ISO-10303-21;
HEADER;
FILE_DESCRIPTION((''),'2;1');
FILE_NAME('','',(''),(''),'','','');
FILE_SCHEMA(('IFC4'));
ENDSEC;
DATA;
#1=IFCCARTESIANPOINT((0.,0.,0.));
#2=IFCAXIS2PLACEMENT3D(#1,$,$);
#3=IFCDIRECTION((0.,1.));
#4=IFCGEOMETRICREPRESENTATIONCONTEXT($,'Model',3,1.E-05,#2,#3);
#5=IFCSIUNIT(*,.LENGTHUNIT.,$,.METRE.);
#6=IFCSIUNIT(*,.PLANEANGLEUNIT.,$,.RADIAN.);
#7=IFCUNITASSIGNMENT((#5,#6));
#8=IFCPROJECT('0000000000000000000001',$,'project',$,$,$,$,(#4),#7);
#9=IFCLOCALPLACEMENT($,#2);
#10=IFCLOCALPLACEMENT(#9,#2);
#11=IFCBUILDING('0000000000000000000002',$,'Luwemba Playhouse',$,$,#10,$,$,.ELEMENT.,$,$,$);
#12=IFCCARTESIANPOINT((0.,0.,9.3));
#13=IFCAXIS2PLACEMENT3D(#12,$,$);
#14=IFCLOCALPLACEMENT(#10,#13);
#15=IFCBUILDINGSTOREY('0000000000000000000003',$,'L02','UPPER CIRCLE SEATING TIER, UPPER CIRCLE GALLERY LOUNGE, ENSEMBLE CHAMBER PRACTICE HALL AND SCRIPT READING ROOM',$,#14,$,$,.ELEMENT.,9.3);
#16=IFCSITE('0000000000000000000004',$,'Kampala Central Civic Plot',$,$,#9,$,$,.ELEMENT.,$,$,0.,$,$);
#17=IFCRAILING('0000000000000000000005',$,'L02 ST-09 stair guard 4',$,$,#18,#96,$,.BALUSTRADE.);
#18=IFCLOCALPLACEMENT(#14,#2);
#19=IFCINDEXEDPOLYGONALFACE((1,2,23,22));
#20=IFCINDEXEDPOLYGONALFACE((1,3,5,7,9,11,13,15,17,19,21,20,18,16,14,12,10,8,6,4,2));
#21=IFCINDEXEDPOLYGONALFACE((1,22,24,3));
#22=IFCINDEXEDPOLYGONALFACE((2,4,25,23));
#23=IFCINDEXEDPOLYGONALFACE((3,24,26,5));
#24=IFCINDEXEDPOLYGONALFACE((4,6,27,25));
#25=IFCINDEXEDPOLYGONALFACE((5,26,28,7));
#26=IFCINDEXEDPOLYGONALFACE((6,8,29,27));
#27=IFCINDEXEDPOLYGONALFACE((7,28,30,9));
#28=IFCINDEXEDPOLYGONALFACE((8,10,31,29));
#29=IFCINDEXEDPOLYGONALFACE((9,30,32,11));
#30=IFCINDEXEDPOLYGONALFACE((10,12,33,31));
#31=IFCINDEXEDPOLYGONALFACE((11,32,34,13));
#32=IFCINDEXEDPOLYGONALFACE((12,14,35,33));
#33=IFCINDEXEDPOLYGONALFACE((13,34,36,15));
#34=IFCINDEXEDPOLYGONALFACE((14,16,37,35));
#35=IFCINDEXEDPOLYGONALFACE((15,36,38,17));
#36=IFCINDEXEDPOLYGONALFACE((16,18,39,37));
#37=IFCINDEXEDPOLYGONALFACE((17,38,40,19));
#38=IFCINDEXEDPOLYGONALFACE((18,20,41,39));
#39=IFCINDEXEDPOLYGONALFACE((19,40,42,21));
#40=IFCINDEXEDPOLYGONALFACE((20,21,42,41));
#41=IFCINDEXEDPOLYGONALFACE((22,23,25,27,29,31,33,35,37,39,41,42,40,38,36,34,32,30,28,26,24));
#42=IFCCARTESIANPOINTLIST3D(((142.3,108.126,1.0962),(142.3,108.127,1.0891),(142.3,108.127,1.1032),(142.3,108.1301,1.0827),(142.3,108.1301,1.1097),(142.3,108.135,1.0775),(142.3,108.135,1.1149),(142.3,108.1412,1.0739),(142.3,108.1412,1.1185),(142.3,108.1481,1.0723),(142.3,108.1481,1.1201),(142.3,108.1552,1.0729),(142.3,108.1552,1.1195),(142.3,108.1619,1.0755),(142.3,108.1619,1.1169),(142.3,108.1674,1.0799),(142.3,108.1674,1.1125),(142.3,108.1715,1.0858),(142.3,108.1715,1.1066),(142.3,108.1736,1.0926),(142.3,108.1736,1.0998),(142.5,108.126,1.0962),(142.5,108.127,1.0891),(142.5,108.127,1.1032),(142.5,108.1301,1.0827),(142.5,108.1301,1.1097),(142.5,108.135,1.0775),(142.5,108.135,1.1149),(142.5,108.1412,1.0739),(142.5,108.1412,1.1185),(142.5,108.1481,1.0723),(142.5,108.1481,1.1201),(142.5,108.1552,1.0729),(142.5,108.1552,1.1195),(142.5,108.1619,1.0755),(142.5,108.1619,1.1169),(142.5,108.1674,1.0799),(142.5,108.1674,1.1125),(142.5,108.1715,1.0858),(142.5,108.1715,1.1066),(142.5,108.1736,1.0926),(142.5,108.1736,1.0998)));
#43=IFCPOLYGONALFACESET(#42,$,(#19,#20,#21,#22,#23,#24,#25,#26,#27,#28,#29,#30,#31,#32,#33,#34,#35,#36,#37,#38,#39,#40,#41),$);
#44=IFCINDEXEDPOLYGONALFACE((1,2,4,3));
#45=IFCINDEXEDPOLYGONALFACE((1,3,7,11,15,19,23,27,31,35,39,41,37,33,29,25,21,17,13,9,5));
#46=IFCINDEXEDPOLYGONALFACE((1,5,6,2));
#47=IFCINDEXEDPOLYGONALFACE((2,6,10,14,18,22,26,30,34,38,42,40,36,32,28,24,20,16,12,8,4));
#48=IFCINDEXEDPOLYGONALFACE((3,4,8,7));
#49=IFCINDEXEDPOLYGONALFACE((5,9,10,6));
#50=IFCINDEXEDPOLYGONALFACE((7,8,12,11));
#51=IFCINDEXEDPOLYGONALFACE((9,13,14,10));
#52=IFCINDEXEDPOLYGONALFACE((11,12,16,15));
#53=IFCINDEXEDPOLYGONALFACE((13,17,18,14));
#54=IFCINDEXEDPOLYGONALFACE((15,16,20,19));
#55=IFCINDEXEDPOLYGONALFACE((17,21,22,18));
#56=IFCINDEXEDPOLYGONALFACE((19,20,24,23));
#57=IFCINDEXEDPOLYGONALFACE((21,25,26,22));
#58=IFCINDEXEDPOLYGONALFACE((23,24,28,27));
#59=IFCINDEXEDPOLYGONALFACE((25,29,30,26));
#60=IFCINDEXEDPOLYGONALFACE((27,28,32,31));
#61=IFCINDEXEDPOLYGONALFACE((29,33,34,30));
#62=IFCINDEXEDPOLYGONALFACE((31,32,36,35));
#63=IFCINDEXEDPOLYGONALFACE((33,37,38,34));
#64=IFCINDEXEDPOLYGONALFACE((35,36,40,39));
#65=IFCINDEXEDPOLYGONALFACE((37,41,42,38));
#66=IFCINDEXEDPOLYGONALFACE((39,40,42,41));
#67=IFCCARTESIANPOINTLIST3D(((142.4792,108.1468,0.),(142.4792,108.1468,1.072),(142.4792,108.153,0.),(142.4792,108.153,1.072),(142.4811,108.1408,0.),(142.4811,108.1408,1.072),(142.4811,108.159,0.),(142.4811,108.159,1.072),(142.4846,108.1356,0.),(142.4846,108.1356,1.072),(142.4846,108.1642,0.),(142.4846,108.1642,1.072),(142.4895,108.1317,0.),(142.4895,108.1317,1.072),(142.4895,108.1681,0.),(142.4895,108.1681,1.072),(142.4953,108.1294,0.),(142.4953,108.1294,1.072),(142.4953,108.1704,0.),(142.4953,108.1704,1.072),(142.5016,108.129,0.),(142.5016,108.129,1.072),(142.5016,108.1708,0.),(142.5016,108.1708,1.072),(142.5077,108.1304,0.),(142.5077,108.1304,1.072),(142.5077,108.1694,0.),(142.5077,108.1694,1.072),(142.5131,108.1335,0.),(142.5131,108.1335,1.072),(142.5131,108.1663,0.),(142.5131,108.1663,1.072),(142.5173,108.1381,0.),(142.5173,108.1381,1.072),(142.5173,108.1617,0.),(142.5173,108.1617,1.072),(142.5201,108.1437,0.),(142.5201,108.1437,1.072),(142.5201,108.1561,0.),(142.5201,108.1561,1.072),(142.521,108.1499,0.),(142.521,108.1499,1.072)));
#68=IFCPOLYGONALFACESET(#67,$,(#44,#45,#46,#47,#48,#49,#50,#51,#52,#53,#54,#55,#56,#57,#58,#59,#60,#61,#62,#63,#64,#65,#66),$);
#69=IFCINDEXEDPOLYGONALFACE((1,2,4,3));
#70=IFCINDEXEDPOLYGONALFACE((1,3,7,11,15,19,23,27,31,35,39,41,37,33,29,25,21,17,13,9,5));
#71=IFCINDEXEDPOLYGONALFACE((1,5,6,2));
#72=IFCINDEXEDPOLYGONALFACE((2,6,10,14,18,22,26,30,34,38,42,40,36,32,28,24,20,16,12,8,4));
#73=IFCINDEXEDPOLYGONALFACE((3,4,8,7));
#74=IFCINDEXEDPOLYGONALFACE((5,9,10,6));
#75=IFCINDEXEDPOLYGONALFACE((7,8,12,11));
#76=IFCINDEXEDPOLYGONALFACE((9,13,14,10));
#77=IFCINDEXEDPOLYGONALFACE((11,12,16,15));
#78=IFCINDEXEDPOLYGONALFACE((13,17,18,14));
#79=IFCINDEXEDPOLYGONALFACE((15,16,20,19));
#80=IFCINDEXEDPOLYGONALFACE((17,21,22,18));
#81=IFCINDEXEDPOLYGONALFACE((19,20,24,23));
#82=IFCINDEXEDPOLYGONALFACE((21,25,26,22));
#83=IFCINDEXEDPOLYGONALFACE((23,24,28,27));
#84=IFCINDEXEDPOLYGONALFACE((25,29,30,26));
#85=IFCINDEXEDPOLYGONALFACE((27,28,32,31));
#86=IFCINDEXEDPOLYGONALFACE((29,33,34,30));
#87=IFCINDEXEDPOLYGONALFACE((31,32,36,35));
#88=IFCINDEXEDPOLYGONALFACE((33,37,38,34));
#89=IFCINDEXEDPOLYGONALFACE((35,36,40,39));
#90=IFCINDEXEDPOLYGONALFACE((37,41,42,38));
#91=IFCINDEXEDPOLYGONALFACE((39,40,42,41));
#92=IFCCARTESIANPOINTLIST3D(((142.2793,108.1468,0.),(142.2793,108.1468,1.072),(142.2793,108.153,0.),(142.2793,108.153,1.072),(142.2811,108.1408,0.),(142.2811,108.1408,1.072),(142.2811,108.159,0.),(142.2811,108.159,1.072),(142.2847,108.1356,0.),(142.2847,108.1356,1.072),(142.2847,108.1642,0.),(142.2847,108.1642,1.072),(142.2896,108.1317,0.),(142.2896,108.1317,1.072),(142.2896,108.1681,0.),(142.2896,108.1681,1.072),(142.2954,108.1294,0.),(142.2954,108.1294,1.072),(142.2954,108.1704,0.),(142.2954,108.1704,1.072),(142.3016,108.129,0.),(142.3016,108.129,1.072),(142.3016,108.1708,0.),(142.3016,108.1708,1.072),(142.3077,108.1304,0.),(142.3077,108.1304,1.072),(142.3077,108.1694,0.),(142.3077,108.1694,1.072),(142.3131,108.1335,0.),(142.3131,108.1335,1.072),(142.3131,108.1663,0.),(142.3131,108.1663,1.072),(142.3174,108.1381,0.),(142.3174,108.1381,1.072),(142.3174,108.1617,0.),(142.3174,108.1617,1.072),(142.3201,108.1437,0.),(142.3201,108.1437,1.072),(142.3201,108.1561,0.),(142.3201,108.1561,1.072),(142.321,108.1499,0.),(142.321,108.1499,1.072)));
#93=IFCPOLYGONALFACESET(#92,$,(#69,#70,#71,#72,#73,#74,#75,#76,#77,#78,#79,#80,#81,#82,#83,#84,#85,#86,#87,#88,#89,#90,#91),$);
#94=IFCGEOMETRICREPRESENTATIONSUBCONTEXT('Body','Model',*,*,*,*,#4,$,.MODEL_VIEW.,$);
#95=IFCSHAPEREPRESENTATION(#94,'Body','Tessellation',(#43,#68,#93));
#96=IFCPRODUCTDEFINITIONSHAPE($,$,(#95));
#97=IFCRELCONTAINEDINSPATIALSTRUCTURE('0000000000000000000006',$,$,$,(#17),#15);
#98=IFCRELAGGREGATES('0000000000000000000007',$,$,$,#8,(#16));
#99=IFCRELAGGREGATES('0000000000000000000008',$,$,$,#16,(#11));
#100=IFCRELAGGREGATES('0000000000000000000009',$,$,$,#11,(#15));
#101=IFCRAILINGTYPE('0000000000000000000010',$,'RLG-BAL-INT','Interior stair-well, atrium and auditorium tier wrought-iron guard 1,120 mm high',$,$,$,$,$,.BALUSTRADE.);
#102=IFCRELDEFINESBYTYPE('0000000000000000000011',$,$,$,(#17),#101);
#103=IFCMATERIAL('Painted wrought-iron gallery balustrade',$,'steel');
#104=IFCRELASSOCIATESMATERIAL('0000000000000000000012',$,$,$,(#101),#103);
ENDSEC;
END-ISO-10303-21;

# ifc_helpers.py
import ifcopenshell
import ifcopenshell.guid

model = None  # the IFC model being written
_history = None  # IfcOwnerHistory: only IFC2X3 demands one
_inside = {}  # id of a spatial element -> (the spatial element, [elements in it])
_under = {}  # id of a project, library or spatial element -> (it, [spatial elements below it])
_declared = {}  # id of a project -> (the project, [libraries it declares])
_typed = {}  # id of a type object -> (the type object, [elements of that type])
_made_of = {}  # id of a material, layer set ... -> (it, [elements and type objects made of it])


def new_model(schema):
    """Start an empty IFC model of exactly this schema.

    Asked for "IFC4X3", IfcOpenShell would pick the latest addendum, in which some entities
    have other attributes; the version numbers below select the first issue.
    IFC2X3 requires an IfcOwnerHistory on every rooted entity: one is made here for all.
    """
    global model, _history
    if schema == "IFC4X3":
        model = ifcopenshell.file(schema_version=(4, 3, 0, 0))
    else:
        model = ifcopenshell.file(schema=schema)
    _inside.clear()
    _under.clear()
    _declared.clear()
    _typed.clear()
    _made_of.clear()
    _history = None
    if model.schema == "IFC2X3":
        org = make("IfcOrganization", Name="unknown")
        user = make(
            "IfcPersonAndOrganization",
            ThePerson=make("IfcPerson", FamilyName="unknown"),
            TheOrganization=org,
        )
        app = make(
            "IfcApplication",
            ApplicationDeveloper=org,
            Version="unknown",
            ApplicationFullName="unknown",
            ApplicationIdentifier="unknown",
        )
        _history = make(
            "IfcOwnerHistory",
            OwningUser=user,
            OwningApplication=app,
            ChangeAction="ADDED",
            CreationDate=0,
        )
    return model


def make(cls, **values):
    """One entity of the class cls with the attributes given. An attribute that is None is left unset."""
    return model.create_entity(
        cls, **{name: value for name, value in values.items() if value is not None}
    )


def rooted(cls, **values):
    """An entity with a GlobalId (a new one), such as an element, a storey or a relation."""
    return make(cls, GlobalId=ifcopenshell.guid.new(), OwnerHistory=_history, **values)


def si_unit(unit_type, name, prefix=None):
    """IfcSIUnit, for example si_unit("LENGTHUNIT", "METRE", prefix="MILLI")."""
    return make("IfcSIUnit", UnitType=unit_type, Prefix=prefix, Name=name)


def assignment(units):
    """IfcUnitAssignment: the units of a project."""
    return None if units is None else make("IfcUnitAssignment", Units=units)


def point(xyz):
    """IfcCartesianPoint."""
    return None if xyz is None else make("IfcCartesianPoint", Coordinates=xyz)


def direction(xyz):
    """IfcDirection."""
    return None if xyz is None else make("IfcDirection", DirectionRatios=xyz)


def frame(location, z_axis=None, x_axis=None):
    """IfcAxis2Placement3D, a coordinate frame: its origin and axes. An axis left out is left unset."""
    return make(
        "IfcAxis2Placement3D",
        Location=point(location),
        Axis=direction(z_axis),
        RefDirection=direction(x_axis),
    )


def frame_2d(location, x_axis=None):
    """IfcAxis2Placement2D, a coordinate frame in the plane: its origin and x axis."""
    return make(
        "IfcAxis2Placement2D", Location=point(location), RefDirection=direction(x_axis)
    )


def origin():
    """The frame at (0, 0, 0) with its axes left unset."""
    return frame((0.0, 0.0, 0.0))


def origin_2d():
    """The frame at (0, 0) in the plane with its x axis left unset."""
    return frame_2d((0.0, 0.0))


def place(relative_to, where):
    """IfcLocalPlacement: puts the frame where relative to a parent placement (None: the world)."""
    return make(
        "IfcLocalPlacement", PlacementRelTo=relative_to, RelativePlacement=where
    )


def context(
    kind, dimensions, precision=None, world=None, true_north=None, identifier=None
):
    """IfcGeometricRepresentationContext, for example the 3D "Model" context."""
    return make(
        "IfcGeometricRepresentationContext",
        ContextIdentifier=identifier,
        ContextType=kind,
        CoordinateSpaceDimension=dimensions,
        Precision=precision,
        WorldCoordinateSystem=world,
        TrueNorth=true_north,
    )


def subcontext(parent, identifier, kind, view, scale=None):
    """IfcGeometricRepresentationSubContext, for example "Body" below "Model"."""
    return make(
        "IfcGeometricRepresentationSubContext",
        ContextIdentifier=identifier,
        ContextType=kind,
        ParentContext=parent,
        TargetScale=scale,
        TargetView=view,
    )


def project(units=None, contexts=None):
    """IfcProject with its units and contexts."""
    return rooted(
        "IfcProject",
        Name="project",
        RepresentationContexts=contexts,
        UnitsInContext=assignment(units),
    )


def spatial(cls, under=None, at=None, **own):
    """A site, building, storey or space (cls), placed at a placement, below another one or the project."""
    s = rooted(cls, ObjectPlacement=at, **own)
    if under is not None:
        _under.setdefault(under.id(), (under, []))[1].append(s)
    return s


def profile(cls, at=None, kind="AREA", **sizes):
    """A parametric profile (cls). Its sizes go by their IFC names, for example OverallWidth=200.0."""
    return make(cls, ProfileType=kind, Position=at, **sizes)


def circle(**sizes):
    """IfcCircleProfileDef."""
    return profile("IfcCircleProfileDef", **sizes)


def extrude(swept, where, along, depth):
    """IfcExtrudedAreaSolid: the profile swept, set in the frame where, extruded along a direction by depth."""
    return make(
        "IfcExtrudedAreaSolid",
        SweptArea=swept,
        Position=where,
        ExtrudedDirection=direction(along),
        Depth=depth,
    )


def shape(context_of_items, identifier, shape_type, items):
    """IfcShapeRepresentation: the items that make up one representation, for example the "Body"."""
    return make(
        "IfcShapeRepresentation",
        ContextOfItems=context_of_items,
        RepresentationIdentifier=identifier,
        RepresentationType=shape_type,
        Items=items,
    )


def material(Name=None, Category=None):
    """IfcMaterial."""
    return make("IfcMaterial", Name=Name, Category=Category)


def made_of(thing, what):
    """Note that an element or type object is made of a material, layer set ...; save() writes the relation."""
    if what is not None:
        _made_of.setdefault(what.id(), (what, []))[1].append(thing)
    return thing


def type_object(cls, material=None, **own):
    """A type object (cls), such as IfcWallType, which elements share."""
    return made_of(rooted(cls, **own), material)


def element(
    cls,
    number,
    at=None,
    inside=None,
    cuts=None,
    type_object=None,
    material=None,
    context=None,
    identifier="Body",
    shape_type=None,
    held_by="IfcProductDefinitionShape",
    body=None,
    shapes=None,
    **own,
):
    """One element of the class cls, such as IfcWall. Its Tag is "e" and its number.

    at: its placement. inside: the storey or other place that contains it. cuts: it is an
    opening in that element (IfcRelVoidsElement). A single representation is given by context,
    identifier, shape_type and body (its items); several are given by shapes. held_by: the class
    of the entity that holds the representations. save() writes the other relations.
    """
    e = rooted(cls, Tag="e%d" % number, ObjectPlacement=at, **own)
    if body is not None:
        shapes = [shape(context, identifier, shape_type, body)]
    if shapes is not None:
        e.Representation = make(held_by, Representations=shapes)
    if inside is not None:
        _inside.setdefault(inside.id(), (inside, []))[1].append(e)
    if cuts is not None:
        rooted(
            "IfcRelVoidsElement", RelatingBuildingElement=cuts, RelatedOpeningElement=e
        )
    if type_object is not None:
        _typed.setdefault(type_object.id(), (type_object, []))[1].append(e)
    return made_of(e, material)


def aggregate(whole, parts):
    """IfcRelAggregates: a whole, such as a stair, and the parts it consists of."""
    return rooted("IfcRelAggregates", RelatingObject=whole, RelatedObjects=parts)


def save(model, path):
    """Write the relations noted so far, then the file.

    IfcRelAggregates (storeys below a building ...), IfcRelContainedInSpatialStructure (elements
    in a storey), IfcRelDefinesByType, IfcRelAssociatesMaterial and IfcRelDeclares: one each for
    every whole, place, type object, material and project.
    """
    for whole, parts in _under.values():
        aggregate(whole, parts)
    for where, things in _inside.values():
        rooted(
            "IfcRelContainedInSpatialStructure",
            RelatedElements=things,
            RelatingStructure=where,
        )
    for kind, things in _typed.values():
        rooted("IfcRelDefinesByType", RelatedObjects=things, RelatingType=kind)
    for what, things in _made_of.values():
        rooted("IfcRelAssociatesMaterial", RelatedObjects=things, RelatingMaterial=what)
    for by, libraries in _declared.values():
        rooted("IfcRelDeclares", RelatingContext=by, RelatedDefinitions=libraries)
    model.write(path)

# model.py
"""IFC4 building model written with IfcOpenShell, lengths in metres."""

from ifc_helpers import new_model, si_unit, direction, frame, origin, origin_2d, place, context, subcontext, project, spatial, circle, extrude, material, type_object, element, save


model = new_model("IFC4")

# Units and contexts
model_context = context("Model", 3, precision=1e-05, world=origin(), true_north=direction((0.0, 1.0)))
body_context = subcontext(model_context, "Body", "Model", "MODEL_VIEW")
ifc_project = project(units=[si_unit("LENGTHUNIT", "METRE"), si_unit("PLANEANGLEUNIT", "RADIAN")], contexts=[model_context])

# Site, building, storey
site_placement = place(None, origin())
site = spatial("IfcSite", under=ifc_project, at=site_placement, Name="Kampala Central Civic Plot", CompositionType="ELEMENT", RefElevation=0.0)
building_placement = place(site_placement, origin())
building = spatial("IfcBuilding", under=site, at=building_placement, Name="Luwemba Playhouse", CompositionType="ELEMENT")
storey_placement = place(building_placement, frame((0.0, 0.0, 9.3)))
storey = spatial("IfcBuildingStorey", under=building, at=storey_placement, Name="L02", Description="UPPER CIRCLE SEATING TIER, UPPER CIRCLE GALLERY LOUNGE, ENSEMBLE CHAMBER PRACTICE HALL AND SCRIPT READING ROOM", CompositionType="ELEMENT", Elevation=9.3)

# Railing
ifc_material_1 = material(Name="Painted wrought-iron gallery balustrade", Category="steel")
railing_type_1 = type_object("IfcRailingType", Name="RLG-BAL-INT", Description="Interior stair-well, atrium and auditorium tier wrought-iron guard 1,120 mm high", PredefinedType="BALUSTRADE", material=ifc_material_1)
railing_1_placement = place(storey_placement, frame((142.5, 108.1499, 0.0)))
element("IfcRailing", 1, at=railing_1_placement, inside=storey, type_object=railing_type_1, Name="L02 ST-09 stair guard 4", PredefinedType="BALUSTRADE", context=body_context, shape_type="SweptSolid", body=[
    extrude(circle(Radius=0.0239, at=origin_2d()), frame((0.0, 0.0, 1.0962), z_axis=(-1.0, 0.0, 0.0), x_axis=(0.0, -1.0, 0.0)), (0.0, 0.0, 1.0), 0.2),
    extrude(circle(Radius=0.021, at=origin_2d()), origin(), (0.0, 0.0, 1.0), 1.072),
    extrude(circle(Radius=0.021, at=origin_2d()), frame((-0.2, 0.0, 0.0)), (0.0, 0.0, 1.0), 1.072),
])

save(model, "model.ifc")
